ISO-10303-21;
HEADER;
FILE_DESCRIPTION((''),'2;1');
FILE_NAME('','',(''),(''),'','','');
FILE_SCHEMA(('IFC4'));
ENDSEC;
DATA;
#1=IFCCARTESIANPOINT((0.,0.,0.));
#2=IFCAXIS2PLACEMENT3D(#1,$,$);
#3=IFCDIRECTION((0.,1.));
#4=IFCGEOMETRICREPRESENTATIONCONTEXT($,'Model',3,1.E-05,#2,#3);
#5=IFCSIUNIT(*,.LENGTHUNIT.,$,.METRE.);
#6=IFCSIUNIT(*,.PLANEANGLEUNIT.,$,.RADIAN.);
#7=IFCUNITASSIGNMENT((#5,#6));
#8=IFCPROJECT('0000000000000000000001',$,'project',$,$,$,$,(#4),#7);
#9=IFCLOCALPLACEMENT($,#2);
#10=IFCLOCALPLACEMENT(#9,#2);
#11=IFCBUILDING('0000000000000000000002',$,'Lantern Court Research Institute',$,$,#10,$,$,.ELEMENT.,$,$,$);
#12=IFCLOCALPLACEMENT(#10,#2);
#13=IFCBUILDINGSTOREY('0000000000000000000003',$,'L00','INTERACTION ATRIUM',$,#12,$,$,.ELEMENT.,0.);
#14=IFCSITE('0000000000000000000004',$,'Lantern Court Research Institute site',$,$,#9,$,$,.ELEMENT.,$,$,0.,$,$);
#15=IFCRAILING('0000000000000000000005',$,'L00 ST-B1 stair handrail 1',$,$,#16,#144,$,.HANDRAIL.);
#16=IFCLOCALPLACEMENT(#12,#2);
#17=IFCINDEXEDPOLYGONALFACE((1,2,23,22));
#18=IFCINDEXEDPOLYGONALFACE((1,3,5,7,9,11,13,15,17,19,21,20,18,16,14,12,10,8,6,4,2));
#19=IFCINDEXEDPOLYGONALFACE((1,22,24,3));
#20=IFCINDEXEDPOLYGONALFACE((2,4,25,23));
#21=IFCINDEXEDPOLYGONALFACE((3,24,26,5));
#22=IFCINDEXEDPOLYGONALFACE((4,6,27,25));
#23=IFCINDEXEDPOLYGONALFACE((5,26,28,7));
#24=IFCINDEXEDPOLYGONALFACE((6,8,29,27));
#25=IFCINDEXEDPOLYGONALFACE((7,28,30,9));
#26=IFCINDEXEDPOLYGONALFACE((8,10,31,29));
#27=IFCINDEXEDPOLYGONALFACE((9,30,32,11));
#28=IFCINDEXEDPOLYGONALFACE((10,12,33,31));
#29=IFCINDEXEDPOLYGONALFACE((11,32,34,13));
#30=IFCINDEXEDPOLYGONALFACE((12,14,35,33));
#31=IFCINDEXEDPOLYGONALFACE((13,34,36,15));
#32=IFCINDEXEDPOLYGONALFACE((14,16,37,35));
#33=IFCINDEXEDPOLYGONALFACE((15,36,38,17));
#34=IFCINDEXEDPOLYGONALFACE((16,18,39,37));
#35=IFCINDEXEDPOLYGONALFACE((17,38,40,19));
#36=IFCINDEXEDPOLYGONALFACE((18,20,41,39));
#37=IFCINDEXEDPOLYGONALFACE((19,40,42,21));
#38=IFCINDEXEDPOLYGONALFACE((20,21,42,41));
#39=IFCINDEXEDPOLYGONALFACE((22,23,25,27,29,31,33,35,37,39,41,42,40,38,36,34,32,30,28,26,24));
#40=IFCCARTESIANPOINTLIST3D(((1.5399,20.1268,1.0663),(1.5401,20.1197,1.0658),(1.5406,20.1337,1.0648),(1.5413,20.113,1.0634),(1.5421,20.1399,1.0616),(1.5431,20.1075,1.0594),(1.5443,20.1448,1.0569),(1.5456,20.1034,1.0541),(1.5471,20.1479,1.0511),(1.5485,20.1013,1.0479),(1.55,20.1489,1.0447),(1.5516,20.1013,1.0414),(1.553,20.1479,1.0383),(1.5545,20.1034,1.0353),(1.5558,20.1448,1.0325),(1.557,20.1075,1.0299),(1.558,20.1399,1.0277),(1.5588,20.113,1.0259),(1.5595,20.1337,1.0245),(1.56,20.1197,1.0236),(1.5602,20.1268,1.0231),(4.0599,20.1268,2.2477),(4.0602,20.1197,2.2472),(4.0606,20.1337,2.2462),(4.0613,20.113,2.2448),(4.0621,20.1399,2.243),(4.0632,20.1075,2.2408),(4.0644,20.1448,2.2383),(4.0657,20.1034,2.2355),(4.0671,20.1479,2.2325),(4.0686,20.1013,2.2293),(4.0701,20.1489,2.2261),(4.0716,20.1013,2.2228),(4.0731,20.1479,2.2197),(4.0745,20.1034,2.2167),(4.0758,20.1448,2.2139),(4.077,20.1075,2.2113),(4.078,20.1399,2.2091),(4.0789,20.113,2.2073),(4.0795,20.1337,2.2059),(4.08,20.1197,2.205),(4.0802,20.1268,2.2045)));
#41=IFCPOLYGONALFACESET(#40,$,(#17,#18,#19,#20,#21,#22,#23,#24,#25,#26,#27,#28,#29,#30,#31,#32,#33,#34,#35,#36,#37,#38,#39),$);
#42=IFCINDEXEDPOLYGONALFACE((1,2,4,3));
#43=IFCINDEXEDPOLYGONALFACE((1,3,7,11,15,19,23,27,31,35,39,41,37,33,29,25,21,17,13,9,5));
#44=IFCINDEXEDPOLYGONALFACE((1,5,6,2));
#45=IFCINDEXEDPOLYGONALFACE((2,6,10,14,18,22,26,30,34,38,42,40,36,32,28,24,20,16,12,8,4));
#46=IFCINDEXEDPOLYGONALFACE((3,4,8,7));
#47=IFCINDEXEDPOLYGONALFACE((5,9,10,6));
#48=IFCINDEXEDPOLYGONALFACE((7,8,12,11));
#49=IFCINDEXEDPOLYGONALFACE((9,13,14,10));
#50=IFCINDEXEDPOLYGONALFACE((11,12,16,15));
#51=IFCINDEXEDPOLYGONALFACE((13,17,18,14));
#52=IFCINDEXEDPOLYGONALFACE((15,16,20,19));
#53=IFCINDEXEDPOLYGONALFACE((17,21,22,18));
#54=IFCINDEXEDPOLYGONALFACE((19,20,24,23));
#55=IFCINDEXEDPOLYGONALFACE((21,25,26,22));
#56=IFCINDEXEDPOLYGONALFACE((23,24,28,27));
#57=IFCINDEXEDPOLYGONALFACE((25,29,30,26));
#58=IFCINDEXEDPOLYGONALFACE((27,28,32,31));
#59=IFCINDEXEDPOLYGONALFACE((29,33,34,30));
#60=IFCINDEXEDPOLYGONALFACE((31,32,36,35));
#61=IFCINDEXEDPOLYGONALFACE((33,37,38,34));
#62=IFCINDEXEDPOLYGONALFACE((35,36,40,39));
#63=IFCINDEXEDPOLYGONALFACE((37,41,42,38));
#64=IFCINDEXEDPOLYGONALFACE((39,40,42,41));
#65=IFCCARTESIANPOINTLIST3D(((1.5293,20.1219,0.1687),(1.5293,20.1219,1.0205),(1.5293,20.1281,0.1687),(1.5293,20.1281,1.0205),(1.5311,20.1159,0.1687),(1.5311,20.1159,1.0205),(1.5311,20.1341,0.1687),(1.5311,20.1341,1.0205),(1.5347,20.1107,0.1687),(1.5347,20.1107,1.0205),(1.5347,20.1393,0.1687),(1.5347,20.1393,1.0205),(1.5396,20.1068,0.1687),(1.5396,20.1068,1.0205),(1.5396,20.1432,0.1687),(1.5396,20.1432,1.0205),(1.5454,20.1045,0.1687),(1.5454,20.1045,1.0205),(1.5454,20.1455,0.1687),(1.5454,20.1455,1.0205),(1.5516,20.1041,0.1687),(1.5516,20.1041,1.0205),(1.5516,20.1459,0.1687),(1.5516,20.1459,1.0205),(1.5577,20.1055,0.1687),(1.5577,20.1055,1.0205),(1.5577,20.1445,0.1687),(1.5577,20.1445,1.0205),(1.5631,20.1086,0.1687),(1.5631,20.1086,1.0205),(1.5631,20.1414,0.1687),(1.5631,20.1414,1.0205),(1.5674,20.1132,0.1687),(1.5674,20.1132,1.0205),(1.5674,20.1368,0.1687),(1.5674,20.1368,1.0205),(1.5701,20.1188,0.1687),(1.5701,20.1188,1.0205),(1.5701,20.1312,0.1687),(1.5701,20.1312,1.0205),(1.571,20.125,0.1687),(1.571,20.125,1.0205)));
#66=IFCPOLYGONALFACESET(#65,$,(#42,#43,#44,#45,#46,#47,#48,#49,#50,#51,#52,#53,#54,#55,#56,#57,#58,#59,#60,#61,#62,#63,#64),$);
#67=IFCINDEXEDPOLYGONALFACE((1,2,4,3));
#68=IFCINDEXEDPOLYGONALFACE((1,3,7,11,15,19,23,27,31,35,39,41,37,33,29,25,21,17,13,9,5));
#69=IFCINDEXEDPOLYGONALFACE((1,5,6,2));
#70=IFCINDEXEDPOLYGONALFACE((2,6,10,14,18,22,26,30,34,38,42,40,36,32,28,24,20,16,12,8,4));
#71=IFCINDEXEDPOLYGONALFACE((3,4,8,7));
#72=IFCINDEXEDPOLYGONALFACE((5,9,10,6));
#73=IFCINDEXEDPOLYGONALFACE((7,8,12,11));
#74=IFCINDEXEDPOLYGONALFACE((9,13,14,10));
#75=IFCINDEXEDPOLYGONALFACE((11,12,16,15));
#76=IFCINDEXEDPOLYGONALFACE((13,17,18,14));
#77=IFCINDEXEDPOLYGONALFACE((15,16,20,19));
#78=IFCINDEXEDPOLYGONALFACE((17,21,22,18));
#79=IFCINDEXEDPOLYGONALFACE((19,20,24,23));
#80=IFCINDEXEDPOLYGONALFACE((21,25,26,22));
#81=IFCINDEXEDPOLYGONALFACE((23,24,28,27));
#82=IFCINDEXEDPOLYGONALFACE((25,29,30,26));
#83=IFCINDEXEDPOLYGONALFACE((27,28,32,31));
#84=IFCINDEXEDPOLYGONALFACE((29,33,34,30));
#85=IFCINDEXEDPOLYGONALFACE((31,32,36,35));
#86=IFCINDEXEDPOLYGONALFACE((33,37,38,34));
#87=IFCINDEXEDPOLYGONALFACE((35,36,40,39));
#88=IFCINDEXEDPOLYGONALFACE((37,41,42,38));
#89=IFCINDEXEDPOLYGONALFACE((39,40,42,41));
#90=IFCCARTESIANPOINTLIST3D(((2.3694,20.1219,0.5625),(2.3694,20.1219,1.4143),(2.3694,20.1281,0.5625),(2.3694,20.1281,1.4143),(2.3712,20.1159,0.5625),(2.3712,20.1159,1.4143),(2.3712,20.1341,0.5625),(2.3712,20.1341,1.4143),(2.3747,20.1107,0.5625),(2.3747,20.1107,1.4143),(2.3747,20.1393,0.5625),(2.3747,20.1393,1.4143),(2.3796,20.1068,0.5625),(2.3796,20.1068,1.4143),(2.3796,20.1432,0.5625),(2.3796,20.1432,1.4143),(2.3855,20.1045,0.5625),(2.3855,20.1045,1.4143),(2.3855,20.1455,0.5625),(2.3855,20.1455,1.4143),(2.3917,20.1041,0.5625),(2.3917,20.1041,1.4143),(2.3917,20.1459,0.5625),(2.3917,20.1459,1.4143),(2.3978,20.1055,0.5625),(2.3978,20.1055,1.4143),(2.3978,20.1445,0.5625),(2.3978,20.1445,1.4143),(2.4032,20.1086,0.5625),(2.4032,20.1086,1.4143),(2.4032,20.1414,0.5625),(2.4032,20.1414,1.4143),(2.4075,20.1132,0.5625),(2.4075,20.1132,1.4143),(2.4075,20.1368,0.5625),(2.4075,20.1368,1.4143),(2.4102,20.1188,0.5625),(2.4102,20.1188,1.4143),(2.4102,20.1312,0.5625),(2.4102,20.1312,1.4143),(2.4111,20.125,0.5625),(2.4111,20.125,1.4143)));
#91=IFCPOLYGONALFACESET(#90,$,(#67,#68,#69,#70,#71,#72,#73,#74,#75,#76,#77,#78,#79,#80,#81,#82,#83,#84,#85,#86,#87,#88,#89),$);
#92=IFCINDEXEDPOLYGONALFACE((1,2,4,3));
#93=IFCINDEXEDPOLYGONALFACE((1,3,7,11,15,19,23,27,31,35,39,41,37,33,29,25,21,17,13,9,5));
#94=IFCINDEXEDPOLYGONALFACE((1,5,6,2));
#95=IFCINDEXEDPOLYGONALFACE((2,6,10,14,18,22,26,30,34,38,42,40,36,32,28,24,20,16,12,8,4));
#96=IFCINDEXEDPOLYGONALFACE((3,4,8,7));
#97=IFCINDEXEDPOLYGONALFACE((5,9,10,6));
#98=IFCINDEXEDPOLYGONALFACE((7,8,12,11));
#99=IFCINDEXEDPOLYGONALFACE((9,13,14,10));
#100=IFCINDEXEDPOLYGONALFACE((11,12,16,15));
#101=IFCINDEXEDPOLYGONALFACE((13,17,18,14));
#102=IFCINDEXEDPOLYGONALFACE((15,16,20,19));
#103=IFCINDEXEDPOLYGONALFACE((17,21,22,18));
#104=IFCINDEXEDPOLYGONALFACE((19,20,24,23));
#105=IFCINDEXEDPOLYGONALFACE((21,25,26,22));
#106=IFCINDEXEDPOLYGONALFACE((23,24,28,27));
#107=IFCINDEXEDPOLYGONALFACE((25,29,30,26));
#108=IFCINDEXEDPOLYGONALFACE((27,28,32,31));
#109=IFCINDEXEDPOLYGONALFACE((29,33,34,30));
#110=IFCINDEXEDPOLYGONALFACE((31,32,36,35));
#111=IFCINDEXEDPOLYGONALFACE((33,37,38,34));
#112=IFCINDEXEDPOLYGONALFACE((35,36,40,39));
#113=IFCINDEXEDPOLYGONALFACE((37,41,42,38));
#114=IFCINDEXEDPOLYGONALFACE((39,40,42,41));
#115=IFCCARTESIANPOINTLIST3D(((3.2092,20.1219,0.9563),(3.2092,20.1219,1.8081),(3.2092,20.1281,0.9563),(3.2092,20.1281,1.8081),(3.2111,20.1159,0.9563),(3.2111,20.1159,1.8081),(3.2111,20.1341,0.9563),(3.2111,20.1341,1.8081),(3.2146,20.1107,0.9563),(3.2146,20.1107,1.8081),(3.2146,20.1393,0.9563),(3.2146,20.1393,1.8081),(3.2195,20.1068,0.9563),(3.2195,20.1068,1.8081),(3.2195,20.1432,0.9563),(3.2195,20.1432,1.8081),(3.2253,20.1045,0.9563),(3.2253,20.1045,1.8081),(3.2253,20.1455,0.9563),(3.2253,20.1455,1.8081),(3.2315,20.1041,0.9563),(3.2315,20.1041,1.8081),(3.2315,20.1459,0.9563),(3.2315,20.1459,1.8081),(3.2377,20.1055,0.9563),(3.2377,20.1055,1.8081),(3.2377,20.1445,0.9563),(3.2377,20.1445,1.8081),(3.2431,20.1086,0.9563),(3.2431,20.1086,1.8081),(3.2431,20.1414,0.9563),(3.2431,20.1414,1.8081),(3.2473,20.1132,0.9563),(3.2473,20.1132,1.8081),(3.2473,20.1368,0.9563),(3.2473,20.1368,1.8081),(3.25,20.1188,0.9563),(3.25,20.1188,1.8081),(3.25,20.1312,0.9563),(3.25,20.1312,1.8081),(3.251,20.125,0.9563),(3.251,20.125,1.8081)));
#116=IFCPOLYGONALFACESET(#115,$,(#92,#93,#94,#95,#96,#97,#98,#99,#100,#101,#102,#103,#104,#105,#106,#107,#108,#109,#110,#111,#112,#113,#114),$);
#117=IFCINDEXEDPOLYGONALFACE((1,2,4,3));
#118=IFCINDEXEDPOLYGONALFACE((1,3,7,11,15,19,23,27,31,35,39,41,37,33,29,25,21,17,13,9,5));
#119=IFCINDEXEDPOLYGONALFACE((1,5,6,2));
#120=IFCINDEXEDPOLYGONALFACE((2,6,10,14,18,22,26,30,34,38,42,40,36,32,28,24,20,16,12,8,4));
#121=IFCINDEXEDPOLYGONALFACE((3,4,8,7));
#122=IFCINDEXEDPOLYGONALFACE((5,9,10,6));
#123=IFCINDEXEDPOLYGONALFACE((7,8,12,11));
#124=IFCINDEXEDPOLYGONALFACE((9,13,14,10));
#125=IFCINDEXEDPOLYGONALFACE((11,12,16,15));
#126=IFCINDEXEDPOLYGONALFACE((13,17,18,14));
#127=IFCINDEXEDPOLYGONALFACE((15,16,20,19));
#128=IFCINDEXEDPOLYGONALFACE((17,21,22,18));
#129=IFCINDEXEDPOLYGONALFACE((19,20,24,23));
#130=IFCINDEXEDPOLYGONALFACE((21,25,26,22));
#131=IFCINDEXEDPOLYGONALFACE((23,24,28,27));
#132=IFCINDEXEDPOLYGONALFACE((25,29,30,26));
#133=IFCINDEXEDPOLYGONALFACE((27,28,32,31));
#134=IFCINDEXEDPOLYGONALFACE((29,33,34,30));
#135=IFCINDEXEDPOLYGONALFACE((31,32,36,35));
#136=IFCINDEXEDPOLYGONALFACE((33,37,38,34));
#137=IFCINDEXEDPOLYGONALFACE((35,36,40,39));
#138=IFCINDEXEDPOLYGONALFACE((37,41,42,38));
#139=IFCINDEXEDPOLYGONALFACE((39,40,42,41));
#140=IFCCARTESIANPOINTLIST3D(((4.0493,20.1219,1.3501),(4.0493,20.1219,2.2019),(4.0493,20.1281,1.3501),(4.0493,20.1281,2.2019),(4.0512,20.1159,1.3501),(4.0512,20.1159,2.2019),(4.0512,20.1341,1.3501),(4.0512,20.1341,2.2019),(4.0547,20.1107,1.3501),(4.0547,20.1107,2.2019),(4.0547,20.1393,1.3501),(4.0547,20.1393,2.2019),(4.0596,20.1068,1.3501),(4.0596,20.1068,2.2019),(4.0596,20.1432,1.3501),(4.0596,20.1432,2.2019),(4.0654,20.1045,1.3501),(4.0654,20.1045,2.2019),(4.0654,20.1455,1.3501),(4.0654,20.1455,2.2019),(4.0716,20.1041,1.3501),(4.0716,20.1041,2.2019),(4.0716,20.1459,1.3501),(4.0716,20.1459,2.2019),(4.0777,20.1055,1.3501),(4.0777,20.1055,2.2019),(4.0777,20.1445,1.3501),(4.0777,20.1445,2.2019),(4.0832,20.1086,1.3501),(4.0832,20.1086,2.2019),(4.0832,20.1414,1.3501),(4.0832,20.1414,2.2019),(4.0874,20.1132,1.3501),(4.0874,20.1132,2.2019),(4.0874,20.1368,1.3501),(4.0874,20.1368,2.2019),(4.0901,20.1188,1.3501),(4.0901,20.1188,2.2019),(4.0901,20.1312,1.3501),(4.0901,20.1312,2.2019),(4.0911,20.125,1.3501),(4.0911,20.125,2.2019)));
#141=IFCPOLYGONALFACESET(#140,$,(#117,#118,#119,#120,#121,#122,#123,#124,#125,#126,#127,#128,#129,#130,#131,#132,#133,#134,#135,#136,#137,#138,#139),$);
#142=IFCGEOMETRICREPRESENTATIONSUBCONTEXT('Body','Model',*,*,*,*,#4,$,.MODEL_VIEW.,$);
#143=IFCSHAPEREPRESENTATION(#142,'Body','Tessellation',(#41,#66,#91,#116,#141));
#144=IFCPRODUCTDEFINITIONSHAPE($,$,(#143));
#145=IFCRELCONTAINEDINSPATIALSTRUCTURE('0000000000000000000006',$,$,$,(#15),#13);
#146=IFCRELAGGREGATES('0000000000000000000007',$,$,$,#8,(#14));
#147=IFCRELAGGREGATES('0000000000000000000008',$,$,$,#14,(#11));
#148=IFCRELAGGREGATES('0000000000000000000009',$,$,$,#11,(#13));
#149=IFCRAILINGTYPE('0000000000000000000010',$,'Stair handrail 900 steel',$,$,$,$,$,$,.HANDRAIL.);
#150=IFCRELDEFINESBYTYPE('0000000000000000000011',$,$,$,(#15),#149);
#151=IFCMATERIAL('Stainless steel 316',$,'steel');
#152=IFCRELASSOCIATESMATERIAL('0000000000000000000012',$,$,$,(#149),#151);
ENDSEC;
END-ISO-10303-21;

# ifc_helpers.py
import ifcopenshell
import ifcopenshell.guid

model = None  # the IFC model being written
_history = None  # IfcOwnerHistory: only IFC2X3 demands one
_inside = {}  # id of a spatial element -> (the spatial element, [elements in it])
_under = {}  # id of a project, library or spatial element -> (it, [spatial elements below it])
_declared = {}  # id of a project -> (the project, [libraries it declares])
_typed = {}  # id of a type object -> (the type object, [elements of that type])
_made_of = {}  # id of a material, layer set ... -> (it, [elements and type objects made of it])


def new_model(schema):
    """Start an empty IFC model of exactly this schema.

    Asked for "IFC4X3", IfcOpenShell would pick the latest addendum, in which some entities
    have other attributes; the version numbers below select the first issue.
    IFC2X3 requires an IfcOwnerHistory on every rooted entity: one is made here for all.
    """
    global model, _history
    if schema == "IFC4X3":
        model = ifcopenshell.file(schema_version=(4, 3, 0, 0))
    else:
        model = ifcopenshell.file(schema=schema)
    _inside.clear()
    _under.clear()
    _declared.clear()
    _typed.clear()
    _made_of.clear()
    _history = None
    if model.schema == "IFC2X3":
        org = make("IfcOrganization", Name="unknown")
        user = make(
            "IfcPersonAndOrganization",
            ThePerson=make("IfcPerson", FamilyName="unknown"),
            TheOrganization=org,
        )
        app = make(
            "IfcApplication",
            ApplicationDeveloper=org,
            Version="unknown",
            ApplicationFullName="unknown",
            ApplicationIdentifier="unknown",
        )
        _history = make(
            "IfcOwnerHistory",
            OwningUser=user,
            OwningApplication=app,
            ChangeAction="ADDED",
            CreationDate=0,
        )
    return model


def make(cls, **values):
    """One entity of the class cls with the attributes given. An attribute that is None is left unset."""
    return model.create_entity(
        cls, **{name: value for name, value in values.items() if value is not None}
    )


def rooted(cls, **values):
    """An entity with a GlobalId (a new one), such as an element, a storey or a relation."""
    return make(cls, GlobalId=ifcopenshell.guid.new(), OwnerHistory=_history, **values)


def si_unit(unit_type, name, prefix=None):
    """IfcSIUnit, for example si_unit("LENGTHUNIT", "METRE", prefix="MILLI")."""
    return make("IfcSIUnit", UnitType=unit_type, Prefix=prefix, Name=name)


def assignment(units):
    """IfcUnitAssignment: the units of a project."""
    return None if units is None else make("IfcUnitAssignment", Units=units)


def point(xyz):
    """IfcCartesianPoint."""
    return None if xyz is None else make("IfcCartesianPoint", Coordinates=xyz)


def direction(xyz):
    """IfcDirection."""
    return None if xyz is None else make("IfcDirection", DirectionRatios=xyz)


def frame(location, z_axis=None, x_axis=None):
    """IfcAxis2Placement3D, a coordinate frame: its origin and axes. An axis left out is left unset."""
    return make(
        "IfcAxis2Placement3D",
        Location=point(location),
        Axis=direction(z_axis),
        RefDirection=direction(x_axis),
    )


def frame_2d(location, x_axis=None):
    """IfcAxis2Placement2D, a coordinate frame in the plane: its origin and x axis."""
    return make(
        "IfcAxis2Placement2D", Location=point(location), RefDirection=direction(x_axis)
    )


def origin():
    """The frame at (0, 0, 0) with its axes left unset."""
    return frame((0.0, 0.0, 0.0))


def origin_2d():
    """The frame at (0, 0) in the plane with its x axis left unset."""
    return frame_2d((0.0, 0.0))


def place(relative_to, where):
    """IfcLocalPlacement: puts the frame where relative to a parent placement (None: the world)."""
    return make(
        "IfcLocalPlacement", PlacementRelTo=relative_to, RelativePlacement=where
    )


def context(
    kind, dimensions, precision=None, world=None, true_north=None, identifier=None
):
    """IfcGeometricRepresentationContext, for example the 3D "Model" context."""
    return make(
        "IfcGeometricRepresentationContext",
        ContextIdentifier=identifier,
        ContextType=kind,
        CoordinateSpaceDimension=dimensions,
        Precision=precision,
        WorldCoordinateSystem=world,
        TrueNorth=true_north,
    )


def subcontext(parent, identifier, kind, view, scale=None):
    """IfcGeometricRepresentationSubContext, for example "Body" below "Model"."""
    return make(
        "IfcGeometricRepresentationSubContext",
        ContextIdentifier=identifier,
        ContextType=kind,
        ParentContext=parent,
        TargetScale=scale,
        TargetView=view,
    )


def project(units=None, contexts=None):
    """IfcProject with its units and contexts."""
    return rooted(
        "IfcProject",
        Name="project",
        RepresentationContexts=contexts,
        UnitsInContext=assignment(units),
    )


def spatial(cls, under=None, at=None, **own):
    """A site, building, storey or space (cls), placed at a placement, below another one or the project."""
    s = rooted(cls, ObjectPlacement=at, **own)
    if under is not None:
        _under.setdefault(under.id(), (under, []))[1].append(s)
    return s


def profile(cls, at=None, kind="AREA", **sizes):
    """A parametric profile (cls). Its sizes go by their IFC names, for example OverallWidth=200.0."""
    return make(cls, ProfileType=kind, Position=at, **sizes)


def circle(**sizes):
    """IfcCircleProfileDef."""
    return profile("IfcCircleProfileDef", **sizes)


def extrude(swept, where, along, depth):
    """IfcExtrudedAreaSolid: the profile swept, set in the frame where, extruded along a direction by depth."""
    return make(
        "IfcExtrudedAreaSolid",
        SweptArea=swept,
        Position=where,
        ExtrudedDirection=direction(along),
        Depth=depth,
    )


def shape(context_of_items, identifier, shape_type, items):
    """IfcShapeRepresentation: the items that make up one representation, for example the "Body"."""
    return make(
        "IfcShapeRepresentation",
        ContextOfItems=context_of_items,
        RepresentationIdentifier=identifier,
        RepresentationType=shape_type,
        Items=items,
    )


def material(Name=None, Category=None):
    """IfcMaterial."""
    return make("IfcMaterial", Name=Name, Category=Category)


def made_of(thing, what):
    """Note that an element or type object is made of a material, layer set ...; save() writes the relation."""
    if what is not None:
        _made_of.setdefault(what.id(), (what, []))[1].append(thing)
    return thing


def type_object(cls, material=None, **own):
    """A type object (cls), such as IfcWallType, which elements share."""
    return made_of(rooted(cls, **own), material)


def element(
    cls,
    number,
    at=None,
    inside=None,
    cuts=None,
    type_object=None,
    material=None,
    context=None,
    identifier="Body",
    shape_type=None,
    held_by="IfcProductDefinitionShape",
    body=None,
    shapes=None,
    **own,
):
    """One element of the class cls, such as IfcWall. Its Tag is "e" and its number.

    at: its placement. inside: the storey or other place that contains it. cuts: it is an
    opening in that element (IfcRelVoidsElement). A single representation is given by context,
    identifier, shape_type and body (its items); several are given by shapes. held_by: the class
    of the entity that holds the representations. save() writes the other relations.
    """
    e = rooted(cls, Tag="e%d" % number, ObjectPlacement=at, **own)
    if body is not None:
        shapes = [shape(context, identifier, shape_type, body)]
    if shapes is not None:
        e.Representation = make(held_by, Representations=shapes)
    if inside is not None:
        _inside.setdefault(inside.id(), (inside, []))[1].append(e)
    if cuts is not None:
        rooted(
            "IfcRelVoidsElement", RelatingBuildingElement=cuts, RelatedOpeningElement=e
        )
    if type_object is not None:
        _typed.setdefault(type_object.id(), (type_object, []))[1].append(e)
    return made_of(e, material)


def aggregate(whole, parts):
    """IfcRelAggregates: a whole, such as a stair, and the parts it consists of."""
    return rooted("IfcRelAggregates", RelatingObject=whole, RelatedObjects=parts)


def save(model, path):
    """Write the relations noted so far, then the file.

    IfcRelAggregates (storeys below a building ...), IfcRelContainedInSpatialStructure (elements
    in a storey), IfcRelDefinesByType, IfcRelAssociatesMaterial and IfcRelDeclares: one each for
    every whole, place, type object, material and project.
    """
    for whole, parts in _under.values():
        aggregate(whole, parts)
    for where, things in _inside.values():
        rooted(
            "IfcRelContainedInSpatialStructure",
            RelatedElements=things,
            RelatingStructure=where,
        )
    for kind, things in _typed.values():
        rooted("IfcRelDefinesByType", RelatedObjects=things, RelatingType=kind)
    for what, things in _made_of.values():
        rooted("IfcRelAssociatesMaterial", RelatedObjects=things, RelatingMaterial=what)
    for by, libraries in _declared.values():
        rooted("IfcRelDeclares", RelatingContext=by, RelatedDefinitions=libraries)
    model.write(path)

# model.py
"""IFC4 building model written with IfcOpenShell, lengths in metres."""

from ifc_helpers import new_model, si_unit, direction, frame, origin, origin_2d, place, context, subcontext, project, spatial, circle, extrude, material, type_object, element, save


model = new_model("IFC4")

# Units and contexts
model_context = context("Model", 3, precision=1e-05, world=origin(), true_north=direction((0.0, 1.0)))
body_context = subcontext(model_context, "Body", "Model", "MODEL_VIEW")
ifc_project = project(units=[si_unit("LENGTHUNIT", "METRE"), si_unit("PLANEANGLEUNIT", "RADIAN")], contexts=[model_context])

# Site, building, storey
site_placement = place(None, origin())
site = spatial("IfcSite", under=ifc_project, at=site_placement, Name="Lantern Court Research Institute site", CompositionType="ELEMENT", RefElevation=0.0)
building_placement = place(site_placement, origin())
building = spatial("IfcBuilding", under=site, at=building_placement, Name="Lantern Court Research Institute", CompositionType="ELEMENT")
storey_placement = place(building_placement, origin())
storey = spatial("IfcBuildingStorey", under=building, at=storey_placement, Name="L00", Description="INTERACTION ATRIUM", CompositionType="ELEMENT", Elevation=0.0)

# Railing
ifc_material_1 = material(Name="Stainless steel 316", Category="steel")
railing_type_1 = type_object("IfcRailingType", Name="Stair handrail 900 steel", PredefinedType="HANDRAIL", material=ifc_material_1)
for number, where, name in (
    (1, (1.55, 20.125, 0.1687), "L00 ST-B1 stair handrail 1"),
):
    element("IfcRailing", number, at=place(storey_placement, frame(where)), inside=storey, type_object=railing_type_1, Name=name, PredefinedType="HANDRAIL", context=body_context, shape_type="SweptSolid", body=[
        extrude(circle(Radius=0.0239, at=origin_2d()), frame((0.0, 0.0, 0.876), z_axis=(0.90544, 0.0, 0.424474), x_axis=(0.0, 1.0, 0.0)), (0.0, 0.0, 1.0), 2.7832),
        extrude(circle(Radius=0.021, at=origin_2d()), origin(), (0.0, 0.0, 1.0), 0.8518),
        extrude(circle(Radius=0.021, at=origin_2d()), frame((0.8401, 0.0, 0.3938)), (0.0, 0.0, 1.0), 0.8518),
        extrude(circle(Radius=0.021, at=origin_2d()), frame((1.6799, 0.0, 0.7876)), (0.0, 0.0, 1.0), 0.8518),
        extrude(circle(Radius=0.021, at=origin_2d()), frame((2.52, 0.0, 1.1814)), (0.0, 0.0, 1.0), 0.8518),
    ])

save(model, "model.ifc")
